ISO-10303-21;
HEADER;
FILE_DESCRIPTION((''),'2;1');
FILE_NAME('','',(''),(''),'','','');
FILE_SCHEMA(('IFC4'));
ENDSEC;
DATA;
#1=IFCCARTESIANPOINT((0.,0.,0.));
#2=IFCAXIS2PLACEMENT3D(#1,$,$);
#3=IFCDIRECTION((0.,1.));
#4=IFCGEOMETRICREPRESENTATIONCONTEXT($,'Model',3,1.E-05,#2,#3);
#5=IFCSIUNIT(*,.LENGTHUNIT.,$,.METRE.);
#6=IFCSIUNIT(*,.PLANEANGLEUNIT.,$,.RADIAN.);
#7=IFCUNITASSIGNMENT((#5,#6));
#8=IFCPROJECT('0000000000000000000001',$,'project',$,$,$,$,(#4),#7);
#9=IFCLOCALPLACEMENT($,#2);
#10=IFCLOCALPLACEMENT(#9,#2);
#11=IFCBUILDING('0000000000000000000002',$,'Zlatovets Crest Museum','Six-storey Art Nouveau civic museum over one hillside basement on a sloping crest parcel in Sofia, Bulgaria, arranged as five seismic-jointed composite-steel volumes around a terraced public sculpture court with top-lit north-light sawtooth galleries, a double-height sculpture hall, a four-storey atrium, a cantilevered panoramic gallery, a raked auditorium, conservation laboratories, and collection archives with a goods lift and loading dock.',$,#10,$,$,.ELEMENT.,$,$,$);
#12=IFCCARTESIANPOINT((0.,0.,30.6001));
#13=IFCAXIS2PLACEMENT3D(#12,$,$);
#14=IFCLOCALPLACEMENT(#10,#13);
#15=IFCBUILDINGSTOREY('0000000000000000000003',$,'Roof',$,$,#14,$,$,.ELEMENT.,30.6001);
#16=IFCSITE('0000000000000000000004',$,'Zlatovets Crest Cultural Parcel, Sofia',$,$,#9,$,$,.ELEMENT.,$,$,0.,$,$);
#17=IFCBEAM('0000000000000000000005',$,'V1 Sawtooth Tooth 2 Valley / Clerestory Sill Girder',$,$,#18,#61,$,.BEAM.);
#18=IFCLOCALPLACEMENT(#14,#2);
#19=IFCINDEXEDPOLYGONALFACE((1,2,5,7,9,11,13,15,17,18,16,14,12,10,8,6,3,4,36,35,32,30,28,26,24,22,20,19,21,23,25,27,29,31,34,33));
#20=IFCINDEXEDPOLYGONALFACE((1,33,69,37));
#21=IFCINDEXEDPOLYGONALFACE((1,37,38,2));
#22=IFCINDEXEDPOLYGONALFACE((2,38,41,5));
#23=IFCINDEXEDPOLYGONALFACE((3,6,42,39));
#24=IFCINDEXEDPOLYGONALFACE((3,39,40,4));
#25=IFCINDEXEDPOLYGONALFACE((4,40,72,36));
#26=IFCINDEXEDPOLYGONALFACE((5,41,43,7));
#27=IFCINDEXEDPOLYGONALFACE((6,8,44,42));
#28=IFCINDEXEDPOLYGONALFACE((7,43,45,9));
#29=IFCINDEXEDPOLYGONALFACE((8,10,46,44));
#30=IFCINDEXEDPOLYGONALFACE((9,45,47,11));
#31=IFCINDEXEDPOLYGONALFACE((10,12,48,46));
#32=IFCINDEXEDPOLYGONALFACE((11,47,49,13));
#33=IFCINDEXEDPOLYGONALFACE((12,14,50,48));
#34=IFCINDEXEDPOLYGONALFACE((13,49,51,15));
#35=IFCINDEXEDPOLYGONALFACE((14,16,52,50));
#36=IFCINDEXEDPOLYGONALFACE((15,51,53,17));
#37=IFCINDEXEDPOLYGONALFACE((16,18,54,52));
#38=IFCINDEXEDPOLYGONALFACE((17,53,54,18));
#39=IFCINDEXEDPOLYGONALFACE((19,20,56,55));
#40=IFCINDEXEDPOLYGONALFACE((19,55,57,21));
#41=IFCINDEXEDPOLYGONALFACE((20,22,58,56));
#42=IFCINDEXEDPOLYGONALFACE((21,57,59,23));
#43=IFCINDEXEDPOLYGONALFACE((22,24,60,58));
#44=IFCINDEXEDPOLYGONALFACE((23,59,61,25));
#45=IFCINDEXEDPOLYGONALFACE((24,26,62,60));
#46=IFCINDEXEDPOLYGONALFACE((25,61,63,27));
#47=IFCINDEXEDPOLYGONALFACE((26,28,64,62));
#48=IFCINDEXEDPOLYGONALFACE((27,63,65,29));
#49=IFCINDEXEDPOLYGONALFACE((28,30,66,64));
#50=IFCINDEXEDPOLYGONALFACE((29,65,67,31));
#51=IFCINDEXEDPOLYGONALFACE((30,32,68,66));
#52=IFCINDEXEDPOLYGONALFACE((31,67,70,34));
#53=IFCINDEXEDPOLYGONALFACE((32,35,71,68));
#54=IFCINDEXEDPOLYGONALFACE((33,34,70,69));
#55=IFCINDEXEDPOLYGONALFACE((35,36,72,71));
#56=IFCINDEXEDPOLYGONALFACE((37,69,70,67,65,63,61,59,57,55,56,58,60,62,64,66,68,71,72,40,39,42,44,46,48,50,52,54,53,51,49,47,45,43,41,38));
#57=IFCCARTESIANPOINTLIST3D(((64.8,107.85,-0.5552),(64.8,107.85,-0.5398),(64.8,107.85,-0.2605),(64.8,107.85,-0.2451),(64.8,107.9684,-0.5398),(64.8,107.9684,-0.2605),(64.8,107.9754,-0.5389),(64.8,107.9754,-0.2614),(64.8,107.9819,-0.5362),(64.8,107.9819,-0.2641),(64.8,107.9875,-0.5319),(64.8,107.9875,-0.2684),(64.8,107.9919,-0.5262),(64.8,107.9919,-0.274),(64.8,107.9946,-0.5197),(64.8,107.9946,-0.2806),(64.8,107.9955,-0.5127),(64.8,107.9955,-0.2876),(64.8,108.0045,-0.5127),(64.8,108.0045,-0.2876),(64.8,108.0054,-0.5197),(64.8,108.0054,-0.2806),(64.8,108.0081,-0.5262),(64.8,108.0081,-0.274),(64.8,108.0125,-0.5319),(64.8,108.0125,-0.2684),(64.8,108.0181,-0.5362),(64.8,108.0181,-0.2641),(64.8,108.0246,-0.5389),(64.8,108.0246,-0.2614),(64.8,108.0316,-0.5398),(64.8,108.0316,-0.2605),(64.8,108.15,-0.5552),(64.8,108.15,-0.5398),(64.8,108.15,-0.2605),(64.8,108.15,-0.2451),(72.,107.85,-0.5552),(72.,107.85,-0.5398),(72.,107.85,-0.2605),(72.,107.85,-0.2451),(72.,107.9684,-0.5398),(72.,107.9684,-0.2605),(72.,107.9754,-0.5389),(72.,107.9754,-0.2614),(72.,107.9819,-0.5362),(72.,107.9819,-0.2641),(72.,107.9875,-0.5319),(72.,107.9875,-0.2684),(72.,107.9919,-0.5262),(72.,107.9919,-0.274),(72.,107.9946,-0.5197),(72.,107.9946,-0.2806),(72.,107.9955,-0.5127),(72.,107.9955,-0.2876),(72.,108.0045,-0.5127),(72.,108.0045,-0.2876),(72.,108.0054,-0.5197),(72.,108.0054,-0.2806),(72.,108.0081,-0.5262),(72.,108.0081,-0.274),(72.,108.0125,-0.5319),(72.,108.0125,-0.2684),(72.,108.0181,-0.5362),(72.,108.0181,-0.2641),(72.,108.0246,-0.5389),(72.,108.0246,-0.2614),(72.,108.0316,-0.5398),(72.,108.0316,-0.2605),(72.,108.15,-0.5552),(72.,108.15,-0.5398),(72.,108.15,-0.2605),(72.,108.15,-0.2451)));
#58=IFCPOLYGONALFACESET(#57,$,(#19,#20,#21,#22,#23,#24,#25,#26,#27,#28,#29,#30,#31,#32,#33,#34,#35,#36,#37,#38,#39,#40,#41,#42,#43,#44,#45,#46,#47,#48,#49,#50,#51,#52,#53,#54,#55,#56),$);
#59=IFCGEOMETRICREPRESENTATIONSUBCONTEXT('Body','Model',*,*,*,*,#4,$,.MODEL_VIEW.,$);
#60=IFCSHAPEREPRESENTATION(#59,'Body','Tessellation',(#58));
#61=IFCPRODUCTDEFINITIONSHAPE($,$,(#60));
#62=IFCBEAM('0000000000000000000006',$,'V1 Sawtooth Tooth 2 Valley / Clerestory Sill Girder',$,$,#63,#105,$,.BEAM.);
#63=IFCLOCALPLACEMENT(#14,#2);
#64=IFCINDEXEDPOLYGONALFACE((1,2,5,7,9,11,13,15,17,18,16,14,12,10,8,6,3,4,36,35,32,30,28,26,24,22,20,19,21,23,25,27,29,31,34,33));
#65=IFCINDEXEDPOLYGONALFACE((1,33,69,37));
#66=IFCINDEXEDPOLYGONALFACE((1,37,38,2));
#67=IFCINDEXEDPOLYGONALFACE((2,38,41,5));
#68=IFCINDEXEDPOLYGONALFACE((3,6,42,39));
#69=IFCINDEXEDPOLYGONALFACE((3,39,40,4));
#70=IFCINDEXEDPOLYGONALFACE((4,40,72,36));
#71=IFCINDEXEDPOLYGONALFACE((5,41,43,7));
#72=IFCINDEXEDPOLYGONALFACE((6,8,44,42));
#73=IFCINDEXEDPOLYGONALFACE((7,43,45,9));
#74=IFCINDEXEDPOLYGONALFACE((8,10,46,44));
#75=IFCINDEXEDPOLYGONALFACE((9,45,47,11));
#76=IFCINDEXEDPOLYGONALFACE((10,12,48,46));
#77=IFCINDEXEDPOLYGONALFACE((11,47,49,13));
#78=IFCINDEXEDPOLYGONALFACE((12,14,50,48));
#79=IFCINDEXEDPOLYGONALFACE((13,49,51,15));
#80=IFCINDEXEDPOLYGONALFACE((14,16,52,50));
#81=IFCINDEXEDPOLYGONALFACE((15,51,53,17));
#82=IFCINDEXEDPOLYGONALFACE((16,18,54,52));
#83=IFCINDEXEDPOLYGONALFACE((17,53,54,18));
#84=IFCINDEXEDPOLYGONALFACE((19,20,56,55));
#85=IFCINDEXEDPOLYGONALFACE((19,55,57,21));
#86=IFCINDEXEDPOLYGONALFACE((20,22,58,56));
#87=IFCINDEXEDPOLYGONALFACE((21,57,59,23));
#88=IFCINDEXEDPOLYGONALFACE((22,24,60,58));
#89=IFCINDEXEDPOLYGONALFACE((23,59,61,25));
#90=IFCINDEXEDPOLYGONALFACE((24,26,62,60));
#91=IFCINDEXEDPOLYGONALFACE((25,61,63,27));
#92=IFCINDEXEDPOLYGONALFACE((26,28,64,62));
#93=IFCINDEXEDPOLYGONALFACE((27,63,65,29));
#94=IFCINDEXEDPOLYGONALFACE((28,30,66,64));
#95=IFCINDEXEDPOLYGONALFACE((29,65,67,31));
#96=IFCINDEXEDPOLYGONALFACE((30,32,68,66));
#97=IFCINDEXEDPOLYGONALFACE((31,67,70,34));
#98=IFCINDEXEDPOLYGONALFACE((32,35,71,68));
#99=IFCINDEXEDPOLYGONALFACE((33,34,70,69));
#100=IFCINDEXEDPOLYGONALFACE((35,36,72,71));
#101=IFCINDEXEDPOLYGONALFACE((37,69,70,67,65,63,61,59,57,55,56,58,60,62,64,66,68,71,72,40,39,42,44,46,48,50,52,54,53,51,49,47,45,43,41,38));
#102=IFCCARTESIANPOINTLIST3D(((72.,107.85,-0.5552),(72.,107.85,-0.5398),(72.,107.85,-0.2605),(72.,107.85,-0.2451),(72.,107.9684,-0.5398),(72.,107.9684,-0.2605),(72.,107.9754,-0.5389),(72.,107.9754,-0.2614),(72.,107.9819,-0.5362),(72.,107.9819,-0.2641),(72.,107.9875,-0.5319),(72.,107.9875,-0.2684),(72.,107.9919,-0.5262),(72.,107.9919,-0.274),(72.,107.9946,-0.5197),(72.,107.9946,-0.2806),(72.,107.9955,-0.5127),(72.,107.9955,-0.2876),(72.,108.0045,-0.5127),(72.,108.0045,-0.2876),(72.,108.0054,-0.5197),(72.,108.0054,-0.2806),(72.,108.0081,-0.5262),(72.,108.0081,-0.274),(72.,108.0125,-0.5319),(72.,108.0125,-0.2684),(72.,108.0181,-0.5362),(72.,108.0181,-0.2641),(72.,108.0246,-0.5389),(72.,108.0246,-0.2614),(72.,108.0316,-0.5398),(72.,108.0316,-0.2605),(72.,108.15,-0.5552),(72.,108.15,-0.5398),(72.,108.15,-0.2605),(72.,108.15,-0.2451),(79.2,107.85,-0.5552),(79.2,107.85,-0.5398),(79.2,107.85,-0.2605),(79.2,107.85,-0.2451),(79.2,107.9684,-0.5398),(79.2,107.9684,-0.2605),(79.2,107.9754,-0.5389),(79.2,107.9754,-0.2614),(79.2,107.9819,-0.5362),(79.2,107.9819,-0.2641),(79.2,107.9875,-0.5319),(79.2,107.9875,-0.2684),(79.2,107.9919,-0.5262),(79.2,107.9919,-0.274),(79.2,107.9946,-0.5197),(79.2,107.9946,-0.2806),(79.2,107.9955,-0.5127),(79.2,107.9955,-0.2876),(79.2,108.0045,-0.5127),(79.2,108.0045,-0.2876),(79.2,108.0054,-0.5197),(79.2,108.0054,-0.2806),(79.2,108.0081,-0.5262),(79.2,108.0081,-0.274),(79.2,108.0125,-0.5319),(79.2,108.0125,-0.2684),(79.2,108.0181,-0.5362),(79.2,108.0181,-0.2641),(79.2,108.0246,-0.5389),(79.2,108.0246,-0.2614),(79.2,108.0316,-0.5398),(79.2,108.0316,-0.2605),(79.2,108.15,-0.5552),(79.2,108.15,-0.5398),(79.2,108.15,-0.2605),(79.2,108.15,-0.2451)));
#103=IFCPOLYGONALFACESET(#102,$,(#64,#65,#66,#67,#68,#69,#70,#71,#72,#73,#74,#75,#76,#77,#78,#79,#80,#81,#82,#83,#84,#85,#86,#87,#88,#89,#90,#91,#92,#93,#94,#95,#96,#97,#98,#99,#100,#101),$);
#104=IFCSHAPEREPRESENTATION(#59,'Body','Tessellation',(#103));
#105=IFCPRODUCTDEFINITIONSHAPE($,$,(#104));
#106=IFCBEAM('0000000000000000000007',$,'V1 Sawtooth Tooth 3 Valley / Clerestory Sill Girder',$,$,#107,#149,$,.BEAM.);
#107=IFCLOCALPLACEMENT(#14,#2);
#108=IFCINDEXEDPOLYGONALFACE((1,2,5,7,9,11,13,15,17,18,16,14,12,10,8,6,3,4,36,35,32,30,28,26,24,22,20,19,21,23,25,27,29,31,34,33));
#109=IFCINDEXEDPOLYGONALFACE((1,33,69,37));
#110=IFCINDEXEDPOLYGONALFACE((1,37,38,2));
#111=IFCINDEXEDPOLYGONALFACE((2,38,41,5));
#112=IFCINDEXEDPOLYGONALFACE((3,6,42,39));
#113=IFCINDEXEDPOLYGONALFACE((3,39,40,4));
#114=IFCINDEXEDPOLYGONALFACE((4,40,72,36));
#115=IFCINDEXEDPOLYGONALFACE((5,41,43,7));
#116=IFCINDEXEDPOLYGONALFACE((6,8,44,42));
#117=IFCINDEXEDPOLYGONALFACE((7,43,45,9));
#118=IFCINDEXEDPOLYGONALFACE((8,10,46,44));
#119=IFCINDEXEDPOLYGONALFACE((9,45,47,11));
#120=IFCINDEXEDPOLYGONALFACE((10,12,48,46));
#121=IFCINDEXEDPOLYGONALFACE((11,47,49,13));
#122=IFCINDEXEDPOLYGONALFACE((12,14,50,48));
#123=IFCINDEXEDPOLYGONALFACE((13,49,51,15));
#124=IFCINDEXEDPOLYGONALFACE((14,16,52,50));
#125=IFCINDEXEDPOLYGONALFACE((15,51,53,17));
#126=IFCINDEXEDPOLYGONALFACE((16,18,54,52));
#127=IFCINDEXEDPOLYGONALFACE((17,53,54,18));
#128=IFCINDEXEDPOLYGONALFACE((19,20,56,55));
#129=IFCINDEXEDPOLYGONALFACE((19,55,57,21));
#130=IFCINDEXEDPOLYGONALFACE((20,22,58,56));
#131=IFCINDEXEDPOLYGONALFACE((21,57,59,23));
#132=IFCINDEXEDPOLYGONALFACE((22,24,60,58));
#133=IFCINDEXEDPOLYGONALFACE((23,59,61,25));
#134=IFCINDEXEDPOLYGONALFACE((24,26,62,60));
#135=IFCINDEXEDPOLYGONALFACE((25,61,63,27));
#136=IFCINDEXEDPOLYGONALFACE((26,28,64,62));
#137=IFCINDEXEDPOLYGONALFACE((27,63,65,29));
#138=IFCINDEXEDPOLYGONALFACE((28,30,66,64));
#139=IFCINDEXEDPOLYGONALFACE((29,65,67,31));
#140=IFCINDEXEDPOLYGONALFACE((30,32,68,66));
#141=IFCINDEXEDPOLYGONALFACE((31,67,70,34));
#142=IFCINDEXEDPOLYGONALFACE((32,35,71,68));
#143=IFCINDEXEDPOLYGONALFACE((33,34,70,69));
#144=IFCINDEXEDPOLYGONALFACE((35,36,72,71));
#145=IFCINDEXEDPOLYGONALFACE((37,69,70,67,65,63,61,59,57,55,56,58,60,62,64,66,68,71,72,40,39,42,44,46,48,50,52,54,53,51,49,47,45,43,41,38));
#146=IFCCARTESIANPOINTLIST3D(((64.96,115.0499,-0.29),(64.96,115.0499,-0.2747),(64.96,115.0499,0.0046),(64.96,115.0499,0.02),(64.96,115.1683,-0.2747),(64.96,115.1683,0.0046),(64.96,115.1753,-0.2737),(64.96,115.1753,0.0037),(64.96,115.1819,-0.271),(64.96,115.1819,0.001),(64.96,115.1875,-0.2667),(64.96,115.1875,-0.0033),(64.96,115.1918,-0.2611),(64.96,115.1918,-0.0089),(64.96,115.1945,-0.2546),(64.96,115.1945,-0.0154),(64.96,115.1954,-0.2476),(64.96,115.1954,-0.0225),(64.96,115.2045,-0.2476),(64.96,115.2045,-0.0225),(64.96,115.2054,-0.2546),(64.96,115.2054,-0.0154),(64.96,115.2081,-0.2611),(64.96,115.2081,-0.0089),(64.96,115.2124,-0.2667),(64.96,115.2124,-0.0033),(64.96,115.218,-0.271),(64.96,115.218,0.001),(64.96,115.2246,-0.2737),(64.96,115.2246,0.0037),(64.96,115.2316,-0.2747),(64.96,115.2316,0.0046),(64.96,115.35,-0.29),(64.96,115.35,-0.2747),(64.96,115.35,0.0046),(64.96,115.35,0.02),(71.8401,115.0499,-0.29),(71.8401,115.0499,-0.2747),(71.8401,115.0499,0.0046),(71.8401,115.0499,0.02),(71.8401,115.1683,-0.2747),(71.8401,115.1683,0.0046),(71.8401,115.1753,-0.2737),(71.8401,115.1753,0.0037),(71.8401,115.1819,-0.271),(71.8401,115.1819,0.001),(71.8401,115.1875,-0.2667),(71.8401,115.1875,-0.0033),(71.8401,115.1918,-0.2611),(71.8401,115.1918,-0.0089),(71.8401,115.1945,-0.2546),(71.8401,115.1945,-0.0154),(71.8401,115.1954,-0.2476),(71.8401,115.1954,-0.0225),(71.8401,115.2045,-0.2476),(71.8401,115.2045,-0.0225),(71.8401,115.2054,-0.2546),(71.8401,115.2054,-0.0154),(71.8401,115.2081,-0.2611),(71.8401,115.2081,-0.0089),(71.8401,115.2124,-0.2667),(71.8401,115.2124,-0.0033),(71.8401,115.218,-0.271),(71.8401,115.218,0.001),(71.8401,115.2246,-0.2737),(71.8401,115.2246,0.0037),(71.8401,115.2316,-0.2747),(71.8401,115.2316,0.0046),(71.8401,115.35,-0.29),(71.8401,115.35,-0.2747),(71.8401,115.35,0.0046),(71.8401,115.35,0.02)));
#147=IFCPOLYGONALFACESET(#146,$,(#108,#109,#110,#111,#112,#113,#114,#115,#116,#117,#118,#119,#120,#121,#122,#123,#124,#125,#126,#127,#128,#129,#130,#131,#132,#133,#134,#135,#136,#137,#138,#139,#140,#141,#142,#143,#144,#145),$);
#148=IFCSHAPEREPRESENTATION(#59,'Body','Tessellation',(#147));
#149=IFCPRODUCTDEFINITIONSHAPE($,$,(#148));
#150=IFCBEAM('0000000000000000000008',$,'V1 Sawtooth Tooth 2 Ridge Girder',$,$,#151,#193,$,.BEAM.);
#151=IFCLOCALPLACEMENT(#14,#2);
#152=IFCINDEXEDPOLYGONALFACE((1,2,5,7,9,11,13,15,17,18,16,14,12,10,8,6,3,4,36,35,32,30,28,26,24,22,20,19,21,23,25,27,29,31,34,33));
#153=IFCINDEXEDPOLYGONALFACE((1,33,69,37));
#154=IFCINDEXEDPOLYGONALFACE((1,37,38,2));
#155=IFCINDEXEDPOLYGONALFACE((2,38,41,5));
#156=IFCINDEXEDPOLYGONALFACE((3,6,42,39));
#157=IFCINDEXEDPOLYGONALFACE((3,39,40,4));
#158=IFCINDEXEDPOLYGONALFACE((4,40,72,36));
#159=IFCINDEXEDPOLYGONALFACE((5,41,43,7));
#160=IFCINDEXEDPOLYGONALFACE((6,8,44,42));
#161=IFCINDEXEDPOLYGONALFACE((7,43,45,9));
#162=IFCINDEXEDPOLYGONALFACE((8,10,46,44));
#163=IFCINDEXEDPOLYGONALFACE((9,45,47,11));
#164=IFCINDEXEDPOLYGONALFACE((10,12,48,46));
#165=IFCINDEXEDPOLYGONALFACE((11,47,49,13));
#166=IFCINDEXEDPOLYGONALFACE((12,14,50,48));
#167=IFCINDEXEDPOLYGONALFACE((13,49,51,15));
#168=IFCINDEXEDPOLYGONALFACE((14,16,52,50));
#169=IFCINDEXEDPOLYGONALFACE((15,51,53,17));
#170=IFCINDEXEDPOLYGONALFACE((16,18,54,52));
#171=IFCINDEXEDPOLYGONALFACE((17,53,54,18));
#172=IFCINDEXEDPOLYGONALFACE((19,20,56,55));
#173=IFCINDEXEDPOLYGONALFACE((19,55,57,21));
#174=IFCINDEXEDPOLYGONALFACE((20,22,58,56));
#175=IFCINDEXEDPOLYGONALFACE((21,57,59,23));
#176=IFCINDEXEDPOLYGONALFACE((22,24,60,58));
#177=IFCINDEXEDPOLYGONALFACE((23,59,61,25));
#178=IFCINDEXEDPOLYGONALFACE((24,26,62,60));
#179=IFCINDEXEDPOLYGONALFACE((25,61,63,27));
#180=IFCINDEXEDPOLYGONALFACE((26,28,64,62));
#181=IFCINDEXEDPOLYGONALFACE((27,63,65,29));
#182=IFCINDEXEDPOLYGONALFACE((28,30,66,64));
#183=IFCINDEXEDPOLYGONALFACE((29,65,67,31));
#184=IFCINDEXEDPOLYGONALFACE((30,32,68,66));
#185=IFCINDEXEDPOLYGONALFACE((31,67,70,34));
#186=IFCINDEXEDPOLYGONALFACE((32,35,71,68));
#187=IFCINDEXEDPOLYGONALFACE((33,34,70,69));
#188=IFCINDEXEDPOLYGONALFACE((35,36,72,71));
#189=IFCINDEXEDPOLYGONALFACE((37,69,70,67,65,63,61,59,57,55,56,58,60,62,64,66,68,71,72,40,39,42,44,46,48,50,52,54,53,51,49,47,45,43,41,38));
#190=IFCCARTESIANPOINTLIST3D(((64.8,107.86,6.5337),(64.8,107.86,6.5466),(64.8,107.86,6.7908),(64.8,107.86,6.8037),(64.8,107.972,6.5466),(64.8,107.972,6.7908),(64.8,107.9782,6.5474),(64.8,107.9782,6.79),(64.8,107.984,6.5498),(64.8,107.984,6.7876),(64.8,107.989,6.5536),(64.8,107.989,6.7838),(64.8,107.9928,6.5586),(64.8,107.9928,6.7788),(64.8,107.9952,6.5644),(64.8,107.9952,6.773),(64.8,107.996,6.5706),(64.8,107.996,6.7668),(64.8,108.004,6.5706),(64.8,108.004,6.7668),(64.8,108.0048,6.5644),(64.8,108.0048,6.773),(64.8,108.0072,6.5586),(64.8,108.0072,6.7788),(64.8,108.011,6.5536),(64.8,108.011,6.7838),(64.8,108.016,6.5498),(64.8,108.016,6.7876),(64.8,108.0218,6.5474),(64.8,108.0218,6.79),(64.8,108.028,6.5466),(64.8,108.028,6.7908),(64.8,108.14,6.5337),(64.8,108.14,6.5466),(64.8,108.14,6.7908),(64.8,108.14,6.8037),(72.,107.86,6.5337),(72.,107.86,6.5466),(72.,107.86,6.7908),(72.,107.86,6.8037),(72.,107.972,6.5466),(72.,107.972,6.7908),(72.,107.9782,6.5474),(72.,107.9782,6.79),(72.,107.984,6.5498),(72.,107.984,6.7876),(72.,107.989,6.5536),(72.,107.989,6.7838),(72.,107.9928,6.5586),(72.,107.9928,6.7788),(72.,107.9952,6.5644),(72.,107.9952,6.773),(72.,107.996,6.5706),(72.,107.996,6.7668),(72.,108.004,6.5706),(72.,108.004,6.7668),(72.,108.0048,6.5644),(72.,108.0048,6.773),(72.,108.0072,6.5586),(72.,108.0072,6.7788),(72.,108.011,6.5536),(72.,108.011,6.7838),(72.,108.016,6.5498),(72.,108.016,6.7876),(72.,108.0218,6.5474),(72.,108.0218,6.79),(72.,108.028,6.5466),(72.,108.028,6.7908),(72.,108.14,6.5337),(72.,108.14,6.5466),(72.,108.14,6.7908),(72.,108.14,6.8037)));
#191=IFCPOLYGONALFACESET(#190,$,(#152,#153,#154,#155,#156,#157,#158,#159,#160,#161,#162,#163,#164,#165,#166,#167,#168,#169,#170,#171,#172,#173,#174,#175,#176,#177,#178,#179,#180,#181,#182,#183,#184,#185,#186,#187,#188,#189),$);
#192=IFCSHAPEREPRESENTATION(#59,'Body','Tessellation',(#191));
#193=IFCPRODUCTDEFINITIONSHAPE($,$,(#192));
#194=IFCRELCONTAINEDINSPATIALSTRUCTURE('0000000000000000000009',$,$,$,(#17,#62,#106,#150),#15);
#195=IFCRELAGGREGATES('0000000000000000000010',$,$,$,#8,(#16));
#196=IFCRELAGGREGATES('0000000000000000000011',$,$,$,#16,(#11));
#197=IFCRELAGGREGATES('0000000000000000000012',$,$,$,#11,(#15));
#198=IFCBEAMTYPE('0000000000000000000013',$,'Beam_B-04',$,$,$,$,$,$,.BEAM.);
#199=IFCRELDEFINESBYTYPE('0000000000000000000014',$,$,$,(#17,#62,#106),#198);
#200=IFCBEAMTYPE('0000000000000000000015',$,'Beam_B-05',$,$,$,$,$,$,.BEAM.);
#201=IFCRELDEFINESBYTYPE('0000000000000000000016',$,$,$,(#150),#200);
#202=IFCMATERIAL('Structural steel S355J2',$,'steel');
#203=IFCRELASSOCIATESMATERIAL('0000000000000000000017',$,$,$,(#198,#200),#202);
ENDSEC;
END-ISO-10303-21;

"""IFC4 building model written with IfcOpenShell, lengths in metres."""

from ifc_helpers import new_model, si_unit, direction, frame, origin, origin_2d, place, context, subcontext, project, spatial, i_section, extrude, material, material_profile, profile_set, type_object, element, save


model = new_model("IFC4")

# Units and contexts
model_context = context("Model", 3, precision=1e-05, world=origin(), true_north=direction((0.0, 1.0)))
body_context = subcontext(model_context, "Body", "Model", "MODEL_VIEW")
ifc_project = project(units=[si_unit("LENGTHUNIT", "METRE"), si_unit("PLANEANGLEUNIT", "RADIAN")], contexts=[model_context])

# Site, building, storey
site_placement = place(None, origin())
site = spatial("IfcSite", under=ifc_project, at=site_placement, Name="Zlatovets Crest Cultural Parcel, Sofia", CompositionType="ELEMENT", RefElevation=0.0)
building_placement = place(site_placement, origin())
building = spatial("IfcBuilding", under=site, at=building_placement, Name="Zlatovets Crest Museum", Description="Six-storey Art Nouveau civic museum over one hillside basement on a sloping crest parcel in Sofia, Bulgaria, arranged as five seismic-jointed composite-steel volumes around a terraced public sculpture court with top-lit north-light sawtooth galleries, a double-height sculpture hall, a four-storey atrium, a cantilevered panoramic gallery, a raked auditorium, conservation laboratories, and collection archives with a goods lift and loading dock.", CompositionType="ELEMENT")
storey_placement = place(building_placement, frame((0.0, 0.0, 30.6001)))
storey = spatial("IfcBuildingStorey", under=building, at=storey_placement, Name="Roof", CompositionType="ELEMENT", Elevation=30.6001)

# Beams
ifc_material_1 = material(Name="Structural steel S355J2", Category="steel")
ifc_material_profile_1 = material_profile(ifc_material_1, i_section(OverallWidth=0.3, OverallDepth=0.3101, WebThickness=0.009, FlangeThickness=0.0154, FilletRadius=0.0271, at=origin_2d()), Name="HEA 320")
ifc_profile_set_1 = profile_set([ifc_material_profile_1], Name="Structural steel S355J2")
beam_type_1 = type_object("IfcBeamType", Name="Beam_B-04", PredefinedType="BEAM", material=ifc_profile_set_1)
for number, where, z_axis, x_axis, name in (
    (1, (64.8, 108.0, -0.4001), (1.0, 0.0, 0.0), (0.0, 1.0, 0.0), "V1 Sawtooth Tooth 2 Valley / Clerestory Sill Girder"),
    (2, (72.0, 108.0, -0.4001), (1.0, 0.0, 0.0), (0.0, 1.0, 0.0), "V1 Sawtooth Tooth 2 Valley / Clerestory Sill Girder"),
):
    element("IfcBeam", number, at=place(storey_placement, frame(where, z_axis=z_axis, x_axis=x_axis)), inside=storey, type_object=beam_type_1, Name=name, PredefinedType="BEAM", context=body_context, shape_type="SweptSolid", body=[
        extrude(i_section(OverallWidth=0.3, OverallDepth=0.3101, WebThickness=0.009, FlangeThickness=0.0154, FilletRadius=0.0271, at=origin_2d()), origin(), (0.0, 0.0, 1.0), 7.2),
    ])
beam_placement = place(storey_placement, frame((64.96, 115.2, -0.135), z_axis=(1.0, 0.0, 0.0), x_axis=(0.0, 1.0, 0.0)))
element("IfcBeam", 3, at=beam_placement, inside=storey, type_object=beam_type_1, Name="V1 Sawtooth Tooth 3 Valley / Clerestory Sill Girder", PredefinedType="BEAM", context=body_context, shape_type="SweptSolid", body=[
    extrude(i_section(OverallWidth=0.3, OverallDepth=0.3101, WebThickness=0.009, FlangeThickness=0.0154, FilletRadius=0.0271, at=origin_2d()), origin(), (0.0, 0.0, 1.0), 6.8801),
])
ifc_material_profile_2 = material_profile(ifc_material_1, i_section(OverallWidth=0.28, OverallDepth=0.27, WebThickness=0.0081, FlangeThickness=0.0129, FilletRadius=0.0239, at=origin_2d()), Name="HEA 280")
ifc_profile_set_2 = profile_set([ifc_material_profile_2], Name="Structural steel S355J2")
beam_type_2 = type_object("IfcBeamType", Name="Beam_B-05", PredefinedType="BEAM", material=ifc_profile_set_2)
for number, where, z_axis, x_axis, name in (
    (4, (64.8, 108.0, 6.6687), (1.0, 0.0, 0.0), (0.0, 1.0, 0.0), "V1 Sawtooth Tooth 2 Ridge Girder"),
):
    element("IfcBeam", number, at=place(storey_placement, frame(where, z_axis=z_axis, x_axis=x_axis)), inside=storey, type_object=beam_type_2, Name=name, PredefinedType="BEAM", context=body_context, shape_type="SweptSolid", body=[
        extrude(i_section(OverallWidth=0.28, OverallDepth=0.27, WebThickness=0.0081, FlangeThickness=0.0129, FilletRadius=0.0239, at=origin_2d()), origin(), (0.0, 0.0, 1.0), 7.2),
    ])

save(model, "model.ifc")
